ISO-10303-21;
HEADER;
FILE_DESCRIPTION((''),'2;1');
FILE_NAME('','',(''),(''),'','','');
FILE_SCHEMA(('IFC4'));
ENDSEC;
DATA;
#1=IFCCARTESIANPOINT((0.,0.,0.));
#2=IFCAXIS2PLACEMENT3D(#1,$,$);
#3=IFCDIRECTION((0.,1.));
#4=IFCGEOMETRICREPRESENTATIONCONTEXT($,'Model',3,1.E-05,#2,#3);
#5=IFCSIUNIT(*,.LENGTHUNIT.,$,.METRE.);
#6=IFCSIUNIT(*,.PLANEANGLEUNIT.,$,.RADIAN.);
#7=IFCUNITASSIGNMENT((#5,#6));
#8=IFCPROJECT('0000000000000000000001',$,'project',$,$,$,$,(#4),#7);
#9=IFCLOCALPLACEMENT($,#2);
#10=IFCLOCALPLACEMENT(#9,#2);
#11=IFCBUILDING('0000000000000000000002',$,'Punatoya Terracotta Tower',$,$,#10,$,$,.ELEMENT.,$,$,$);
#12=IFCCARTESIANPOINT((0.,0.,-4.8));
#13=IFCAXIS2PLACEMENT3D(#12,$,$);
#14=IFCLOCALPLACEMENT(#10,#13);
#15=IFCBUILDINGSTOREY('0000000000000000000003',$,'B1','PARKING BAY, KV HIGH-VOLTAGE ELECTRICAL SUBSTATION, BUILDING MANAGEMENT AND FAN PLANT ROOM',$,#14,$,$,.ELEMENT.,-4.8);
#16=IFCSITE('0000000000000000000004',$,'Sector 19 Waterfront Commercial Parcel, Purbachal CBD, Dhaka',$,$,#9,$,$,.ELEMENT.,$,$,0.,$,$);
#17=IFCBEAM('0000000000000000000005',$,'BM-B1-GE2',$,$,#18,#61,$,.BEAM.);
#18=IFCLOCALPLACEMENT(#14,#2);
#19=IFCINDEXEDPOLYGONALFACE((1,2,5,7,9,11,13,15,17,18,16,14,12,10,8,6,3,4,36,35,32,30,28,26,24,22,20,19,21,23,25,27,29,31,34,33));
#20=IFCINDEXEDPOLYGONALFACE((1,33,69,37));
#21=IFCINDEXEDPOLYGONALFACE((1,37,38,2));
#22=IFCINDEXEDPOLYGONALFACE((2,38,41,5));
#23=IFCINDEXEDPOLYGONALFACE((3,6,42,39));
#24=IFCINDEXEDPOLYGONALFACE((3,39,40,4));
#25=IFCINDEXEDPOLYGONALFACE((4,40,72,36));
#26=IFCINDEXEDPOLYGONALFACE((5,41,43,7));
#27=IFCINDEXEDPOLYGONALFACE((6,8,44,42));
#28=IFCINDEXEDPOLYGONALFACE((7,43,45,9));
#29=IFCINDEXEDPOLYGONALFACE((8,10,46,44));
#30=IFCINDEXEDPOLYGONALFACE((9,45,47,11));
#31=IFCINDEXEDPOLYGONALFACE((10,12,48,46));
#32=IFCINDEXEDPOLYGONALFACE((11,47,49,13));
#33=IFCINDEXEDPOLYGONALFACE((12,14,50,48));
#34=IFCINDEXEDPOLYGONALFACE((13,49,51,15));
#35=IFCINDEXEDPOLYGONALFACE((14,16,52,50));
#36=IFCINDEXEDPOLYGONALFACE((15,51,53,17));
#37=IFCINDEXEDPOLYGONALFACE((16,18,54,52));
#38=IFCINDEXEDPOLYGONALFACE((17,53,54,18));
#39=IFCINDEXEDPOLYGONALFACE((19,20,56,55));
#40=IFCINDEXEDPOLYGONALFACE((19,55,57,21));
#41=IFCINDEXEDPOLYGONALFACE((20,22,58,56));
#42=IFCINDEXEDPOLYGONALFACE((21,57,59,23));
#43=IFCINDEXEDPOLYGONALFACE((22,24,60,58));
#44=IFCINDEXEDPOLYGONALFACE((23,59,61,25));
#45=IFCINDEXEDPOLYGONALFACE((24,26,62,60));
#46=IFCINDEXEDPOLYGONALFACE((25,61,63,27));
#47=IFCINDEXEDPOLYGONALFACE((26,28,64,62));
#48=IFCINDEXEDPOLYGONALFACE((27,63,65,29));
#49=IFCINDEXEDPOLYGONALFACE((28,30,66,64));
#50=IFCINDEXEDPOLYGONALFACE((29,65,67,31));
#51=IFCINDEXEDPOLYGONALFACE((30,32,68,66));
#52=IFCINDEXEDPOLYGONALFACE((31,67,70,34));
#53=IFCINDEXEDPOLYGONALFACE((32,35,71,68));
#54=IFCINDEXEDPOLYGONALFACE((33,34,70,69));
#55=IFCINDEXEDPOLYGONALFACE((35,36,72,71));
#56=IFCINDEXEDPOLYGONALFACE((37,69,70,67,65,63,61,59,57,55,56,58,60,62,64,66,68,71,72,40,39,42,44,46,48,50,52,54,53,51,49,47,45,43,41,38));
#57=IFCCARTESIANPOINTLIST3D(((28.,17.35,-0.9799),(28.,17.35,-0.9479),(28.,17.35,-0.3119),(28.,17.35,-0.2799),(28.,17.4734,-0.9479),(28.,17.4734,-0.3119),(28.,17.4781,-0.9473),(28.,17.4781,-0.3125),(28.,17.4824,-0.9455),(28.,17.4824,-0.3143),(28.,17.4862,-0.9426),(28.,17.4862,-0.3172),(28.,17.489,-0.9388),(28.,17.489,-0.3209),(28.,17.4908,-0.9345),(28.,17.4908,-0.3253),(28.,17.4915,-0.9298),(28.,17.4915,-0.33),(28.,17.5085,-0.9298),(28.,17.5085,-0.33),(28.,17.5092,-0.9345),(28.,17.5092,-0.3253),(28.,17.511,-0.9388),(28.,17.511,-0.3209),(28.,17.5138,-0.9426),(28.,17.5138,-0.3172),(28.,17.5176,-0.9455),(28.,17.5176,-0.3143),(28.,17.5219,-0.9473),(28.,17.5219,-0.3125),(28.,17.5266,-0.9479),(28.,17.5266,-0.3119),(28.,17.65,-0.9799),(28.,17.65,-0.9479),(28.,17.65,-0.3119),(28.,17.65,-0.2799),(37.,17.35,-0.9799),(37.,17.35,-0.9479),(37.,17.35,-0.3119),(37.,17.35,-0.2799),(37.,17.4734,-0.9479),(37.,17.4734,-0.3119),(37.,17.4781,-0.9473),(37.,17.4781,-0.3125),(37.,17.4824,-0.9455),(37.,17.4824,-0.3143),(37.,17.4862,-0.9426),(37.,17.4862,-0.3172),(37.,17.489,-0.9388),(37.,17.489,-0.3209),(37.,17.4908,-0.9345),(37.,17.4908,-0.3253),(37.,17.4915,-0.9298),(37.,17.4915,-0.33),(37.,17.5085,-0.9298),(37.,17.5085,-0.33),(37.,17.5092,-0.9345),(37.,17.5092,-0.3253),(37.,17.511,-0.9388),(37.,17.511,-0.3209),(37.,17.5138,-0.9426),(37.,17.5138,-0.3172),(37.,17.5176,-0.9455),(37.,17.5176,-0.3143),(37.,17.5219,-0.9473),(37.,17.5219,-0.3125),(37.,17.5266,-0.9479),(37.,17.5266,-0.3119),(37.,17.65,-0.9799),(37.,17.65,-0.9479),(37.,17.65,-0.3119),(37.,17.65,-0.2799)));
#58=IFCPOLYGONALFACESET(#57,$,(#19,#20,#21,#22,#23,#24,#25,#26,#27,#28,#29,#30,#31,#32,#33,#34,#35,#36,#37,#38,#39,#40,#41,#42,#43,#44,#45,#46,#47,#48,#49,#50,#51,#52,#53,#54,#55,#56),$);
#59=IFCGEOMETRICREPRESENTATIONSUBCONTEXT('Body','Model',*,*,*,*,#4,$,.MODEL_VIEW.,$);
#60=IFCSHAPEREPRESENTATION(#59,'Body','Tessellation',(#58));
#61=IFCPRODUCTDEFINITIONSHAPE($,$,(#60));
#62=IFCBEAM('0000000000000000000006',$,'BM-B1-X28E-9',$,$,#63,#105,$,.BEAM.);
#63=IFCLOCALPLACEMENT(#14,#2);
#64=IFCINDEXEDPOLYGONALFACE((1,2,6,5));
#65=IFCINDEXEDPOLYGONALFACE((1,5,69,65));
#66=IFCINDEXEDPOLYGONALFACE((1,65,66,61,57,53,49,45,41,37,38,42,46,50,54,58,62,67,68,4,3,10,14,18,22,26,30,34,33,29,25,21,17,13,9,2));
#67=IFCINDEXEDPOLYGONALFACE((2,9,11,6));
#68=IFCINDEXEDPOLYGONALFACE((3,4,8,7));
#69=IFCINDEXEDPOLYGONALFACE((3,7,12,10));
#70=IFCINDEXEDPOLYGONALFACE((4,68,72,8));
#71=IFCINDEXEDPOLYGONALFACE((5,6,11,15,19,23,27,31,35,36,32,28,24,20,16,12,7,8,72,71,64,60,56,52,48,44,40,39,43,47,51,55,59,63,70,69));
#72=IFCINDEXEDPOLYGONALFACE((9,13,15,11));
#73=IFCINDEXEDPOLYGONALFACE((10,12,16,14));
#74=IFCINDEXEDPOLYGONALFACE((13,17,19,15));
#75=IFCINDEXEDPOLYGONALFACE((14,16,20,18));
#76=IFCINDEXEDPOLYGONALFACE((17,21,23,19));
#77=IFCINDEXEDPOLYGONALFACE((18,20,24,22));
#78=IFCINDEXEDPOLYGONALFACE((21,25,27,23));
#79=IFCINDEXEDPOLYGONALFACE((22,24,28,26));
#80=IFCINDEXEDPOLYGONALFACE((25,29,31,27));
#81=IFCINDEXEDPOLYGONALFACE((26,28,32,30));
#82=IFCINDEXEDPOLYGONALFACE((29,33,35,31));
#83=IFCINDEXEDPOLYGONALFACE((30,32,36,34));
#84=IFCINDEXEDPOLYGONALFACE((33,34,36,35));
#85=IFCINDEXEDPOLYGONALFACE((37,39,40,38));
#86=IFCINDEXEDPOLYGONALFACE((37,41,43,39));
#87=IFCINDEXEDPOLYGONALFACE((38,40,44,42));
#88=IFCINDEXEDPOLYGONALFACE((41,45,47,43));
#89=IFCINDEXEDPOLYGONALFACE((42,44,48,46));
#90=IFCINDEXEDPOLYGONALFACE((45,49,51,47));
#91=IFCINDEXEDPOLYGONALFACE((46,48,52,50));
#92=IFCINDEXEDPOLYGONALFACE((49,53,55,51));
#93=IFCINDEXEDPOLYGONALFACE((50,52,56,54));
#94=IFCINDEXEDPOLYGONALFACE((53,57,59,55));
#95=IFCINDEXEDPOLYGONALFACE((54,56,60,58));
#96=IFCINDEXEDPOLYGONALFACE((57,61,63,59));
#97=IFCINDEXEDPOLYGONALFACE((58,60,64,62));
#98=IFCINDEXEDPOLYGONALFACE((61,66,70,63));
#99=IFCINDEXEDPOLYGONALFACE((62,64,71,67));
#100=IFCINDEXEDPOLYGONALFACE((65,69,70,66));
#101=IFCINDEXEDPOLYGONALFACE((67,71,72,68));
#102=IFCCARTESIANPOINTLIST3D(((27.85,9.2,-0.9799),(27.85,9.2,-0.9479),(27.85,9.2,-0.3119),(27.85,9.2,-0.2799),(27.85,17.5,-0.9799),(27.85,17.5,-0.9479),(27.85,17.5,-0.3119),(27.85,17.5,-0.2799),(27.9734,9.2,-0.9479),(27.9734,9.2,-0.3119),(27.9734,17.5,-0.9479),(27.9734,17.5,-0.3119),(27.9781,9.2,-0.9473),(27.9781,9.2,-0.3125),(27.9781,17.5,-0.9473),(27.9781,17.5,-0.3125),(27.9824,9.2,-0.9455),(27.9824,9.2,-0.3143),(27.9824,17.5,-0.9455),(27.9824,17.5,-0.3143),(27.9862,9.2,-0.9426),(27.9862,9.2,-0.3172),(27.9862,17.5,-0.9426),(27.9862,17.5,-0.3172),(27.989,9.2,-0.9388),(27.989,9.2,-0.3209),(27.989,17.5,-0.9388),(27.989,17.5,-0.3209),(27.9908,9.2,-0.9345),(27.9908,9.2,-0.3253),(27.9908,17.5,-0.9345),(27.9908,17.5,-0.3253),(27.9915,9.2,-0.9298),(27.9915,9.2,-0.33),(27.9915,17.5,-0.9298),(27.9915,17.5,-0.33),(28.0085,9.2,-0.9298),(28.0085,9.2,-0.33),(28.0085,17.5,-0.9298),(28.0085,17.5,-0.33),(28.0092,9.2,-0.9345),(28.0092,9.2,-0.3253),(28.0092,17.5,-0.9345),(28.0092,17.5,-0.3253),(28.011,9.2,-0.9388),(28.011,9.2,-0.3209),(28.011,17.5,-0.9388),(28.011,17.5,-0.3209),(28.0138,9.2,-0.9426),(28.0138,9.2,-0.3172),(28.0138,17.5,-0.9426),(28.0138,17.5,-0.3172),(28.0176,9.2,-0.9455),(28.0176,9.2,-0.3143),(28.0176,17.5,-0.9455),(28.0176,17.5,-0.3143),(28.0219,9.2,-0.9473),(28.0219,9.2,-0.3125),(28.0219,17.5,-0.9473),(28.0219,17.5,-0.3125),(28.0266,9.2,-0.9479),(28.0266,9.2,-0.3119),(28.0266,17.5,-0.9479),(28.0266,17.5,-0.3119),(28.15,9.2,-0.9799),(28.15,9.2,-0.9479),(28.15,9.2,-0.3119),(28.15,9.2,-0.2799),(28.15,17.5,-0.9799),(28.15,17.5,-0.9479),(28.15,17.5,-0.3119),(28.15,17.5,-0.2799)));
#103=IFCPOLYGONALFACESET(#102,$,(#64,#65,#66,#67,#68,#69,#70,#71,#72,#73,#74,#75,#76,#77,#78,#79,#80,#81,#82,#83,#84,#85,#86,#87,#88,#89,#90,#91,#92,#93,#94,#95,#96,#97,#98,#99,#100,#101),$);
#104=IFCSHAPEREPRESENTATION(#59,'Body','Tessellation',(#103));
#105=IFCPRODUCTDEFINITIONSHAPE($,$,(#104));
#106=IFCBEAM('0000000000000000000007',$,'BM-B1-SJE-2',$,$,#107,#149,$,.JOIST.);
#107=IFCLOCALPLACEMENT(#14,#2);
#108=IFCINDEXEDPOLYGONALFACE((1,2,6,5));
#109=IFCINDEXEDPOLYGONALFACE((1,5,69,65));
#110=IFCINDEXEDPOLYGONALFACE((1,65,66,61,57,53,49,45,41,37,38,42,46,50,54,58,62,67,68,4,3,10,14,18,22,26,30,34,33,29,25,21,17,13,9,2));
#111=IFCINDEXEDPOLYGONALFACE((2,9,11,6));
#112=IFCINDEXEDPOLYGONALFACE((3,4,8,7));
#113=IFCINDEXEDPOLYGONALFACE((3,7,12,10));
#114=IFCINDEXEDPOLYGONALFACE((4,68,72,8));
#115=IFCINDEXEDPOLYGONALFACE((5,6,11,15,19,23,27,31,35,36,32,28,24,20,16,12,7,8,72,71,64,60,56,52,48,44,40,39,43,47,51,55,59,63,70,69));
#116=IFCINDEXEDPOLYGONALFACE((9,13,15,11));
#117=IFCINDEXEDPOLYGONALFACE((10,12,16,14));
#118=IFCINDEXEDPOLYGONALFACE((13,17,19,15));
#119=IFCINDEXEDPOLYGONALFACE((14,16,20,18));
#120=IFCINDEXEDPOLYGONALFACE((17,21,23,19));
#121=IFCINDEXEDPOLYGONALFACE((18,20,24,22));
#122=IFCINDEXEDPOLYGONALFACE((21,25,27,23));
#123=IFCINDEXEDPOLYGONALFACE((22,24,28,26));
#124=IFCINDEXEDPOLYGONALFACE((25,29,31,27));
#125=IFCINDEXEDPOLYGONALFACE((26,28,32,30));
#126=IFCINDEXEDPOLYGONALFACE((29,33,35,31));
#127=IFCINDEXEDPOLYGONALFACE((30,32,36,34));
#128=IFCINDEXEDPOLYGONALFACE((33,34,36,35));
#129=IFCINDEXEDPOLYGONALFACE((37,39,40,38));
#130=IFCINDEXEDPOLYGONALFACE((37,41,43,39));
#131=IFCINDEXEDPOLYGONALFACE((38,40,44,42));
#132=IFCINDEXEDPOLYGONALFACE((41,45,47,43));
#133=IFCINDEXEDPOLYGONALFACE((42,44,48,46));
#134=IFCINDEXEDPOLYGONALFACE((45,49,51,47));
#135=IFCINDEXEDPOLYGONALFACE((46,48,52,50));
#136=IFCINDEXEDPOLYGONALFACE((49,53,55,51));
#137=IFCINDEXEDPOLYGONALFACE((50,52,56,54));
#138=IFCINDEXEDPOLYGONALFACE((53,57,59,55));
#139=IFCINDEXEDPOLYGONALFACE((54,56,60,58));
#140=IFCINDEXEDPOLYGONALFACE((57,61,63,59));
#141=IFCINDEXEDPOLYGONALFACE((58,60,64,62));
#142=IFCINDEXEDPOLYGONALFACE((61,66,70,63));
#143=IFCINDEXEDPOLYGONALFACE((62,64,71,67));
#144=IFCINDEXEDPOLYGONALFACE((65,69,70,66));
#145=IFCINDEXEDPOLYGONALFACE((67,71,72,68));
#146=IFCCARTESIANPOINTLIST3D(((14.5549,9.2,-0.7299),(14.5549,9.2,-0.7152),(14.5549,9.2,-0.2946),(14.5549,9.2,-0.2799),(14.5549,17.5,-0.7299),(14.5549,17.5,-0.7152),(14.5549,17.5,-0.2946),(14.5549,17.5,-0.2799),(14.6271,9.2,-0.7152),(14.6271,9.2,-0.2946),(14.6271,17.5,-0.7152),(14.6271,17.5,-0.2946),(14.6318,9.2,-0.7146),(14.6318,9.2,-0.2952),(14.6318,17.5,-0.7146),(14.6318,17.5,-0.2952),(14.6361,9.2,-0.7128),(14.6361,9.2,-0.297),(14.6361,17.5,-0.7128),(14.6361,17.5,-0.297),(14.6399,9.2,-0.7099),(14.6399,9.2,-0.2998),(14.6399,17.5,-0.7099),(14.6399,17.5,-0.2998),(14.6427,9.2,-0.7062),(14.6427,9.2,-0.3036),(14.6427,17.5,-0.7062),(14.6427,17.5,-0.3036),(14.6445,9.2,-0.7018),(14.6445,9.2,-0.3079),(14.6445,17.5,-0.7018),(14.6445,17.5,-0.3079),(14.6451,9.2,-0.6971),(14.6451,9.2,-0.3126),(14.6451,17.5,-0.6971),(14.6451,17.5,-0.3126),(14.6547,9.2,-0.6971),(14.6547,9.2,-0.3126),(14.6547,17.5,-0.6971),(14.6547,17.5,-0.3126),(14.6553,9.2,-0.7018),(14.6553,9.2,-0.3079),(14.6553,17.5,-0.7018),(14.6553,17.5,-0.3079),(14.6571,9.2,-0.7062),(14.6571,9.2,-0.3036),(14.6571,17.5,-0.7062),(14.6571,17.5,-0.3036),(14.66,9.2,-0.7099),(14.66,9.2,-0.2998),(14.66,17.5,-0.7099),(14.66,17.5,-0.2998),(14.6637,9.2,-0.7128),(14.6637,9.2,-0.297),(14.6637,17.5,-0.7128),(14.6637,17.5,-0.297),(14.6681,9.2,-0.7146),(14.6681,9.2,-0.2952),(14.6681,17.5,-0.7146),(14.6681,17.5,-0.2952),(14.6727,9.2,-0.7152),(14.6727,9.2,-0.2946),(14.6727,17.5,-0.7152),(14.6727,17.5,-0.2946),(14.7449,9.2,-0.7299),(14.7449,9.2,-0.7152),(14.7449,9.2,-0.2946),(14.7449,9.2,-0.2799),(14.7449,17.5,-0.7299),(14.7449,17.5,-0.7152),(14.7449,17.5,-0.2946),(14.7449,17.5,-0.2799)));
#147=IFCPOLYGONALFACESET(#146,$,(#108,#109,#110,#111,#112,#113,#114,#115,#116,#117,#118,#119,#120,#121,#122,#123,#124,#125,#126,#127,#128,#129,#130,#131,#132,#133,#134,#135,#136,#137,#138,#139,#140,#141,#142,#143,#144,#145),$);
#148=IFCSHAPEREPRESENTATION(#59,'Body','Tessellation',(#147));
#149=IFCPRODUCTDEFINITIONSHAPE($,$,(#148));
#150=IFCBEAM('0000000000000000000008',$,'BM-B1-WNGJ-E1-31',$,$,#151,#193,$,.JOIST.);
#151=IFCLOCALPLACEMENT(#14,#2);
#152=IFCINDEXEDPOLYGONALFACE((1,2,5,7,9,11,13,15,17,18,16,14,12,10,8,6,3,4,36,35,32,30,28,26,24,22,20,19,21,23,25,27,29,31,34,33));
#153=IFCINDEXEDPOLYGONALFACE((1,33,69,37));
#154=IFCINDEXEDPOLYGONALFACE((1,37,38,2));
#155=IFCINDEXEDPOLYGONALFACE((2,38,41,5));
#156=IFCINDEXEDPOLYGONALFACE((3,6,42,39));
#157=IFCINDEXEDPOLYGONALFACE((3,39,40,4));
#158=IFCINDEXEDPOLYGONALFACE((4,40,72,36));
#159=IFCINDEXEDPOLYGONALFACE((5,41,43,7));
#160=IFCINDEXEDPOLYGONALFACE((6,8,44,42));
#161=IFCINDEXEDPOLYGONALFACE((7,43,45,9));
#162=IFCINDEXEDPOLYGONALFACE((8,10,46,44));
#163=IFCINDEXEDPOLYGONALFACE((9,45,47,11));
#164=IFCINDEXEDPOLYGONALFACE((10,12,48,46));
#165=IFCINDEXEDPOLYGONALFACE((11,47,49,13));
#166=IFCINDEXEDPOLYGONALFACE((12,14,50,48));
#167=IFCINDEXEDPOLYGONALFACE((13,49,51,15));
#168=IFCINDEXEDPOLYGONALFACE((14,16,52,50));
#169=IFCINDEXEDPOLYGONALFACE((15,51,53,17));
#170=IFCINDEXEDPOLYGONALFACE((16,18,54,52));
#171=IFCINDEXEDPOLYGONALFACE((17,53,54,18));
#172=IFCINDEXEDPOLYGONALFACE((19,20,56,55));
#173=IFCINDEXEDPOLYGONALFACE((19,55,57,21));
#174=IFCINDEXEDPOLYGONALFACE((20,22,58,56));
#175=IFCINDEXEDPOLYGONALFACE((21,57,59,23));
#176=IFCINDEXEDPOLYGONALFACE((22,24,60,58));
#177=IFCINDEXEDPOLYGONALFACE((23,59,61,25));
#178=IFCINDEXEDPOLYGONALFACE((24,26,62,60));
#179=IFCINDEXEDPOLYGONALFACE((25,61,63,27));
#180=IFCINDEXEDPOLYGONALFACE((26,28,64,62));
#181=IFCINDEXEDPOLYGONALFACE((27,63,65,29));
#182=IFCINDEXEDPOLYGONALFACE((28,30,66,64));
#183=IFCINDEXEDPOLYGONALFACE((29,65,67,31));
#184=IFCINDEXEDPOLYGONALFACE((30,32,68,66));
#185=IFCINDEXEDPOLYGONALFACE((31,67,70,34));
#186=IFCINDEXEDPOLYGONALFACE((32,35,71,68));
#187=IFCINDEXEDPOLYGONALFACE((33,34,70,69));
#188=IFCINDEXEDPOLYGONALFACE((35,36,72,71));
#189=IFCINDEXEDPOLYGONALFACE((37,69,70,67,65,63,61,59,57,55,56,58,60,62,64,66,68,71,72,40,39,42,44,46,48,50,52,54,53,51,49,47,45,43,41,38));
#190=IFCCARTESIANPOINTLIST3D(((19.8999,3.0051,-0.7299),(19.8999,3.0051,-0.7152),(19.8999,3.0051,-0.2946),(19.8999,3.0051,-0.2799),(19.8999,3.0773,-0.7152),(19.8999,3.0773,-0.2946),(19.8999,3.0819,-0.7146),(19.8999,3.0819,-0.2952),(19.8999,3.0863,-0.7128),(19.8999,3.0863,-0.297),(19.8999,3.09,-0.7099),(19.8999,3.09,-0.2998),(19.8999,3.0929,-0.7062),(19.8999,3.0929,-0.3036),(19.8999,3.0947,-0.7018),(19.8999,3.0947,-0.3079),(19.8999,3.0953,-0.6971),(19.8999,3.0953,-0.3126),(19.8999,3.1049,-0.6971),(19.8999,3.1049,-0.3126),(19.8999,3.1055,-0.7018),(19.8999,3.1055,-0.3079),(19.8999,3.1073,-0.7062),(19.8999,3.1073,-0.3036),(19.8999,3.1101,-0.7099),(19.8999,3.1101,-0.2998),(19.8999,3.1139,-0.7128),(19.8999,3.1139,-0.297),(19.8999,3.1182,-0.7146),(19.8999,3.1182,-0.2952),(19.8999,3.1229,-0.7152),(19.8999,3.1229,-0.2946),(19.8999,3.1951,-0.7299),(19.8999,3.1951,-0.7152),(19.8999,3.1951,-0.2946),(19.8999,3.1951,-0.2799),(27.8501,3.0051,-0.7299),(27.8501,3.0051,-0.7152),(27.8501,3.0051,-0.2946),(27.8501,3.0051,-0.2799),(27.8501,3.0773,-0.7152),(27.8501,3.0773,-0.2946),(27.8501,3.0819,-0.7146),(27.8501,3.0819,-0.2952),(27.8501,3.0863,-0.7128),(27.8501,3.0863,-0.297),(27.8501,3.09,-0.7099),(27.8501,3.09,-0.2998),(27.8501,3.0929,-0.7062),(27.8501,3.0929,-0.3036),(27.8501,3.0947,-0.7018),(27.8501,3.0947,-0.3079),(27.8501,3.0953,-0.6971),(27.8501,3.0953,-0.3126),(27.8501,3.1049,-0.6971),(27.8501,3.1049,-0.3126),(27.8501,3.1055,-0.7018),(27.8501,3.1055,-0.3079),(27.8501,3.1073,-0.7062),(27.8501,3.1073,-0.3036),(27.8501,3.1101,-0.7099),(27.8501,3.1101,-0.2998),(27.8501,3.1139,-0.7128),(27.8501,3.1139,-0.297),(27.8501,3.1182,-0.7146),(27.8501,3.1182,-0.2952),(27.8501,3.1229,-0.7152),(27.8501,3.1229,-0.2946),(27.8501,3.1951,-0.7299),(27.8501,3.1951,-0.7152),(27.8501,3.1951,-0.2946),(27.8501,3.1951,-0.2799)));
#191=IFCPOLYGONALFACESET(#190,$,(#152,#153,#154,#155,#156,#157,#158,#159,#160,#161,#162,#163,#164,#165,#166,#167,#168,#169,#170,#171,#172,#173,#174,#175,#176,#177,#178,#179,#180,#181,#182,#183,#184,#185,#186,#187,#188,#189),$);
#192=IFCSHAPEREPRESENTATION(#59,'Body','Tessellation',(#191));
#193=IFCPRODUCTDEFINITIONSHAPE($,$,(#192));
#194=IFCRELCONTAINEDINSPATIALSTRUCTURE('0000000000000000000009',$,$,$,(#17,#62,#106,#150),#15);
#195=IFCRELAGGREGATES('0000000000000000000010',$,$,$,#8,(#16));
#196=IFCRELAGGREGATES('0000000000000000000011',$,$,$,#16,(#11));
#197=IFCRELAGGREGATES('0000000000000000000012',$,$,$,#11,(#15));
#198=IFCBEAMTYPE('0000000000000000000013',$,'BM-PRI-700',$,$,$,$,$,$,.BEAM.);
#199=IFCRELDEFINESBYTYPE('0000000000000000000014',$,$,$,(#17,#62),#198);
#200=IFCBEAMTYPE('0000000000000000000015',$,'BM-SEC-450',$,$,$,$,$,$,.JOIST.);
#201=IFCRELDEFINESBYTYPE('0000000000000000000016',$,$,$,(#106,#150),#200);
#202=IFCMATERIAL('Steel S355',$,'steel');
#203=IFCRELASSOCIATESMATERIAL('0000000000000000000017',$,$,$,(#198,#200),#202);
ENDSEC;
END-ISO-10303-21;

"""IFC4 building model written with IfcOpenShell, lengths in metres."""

from ifc_helpers import new_model, si_unit, direction, frame, origin, origin_2d, place, context, subcontext, project, spatial, i_section, extrude, material, material_profile, profile_set, type_object, element, save


model = new_model("IFC4")

# Units and contexts
model_context = context("Model", 3, precision=1e-05, world=origin(), true_north=direction((0.0, 1.0)))
body_context = subcontext(model_context, "Body", "Model", "MODEL_VIEW")
ifc_project = project(units=[si_unit("LENGTHUNIT", "METRE"), si_unit("PLANEANGLEUNIT", "RADIAN")], contexts=[model_context])

# Site, building, storey
site_placement = place(None, origin())
site = spatial("IfcSite", under=ifc_project, at=site_placement, Name="Sector 19 Waterfront Commercial Parcel, Purbachal CBD, Dhaka", CompositionType="ELEMENT", RefElevation=0.0)
building_placement = place(site_placement, origin())
building = spatial("IfcBuilding", under=site, at=building_placement, Name="Punatoya Terracotta Tower", CompositionType="ELEMENT")
storey_placement = place(building_placement, frame((0.0, 0.0, -4.8)))
storey = spatial("IfcBuildingStorey", under=building, at=storey_placement, Name="B1", Description="PARKING BAY, KV HIGH-VOLTAGE ELECTRICAL SUBSTATION, BUILDING MANAGEMENT AND FAN PLANT ROOM", CompositionType="ELEMENT", Elevation=-4.8)

# Beams
ifc_material_1 = material(Name="Steel S355", Category="steel")
ifc_material_profile_1 = material_profile(ifc_material_1, i_section(OverallWidth=0.3, OverallDepth=0.7, WebThickness=0.0171, FlangeThickness=0.032, FilletRadius=0.0181, at=origin_2d()))
ifc_profile_set_1 = profile_set([ifc_material_profile_1], Name="Steel S355")
beam_type_1 = type_object("IfcBeamType", Name="BM-PRI-700", PredefinedType="BEAM", material=ifc_profile_set_1)
beam_1_placement = place(storey_placement, frame((28.0, 17.5, -0.6299), z_axis=(1.0, 0.0, 0.0), x_axis=(0.0, 1.0, 0.0)))
element("IfcBeam", 1, at=beam_1_placement, inside=storey, type_object=beam_type_1, Name="BM-B1-GE2", PredefinedType="BEAM", context=body_context, shape_type="SweptSolid", body=[
    extrude(i_section(OverallWidth=0.3, OverallDepth=0.7, WebThickness=0.0171, FlangeThickness=0.032, FilletRadius=0.0181, at=origin_2d()), origin(), (0.0, 0.0, 1.0), 9.0),
])
beam_2_placement = place(storey_placement, frame((28.0, 9.2, -0.6299), z_axis=(0.0, 1.0, 0.0), x_axis=(-1.0, 0.0, 0.0)))
element("IfcBeam", 2, at=beam_2_placement, inside=storey, type_object=beam_type_1, Name="BM-B1-X28E-9", PredefinedType="BEAM", context=body_context, shape_type="SweptSolid", body=[
    extrude(i_section(OverallWidth=0.3, OverallDepth=0.7, WebThickness=0.0171, FlangeThickness=0.032, FilletRadius=0.0181, at=origin_2d()), origin(), (0.0, 0.0, 1.0), 8.3),
])
ifc_material_profile_2 = material_profile(ifc_material_1, i_section(OverallWidth=0.1899, OverallDepth=0.45, WebThickness=0.0095, FlangeThickness=0.0146, FilletRadius=0.0181, at=origin_2d()))
ifc_profile_set_2 = profile_set([ifc_material_profile_2], Name="Steel S355")
beam_type_2 = type_object("IfcBeamType", Name="BM-SEC-450", PredefinedType="JOIST", material=ifc_profile_set_2)
beam_3_placement = place(storey_placement, frame((14.6499, 9.2, -0.5049), z_axis=(0.0, 1.0, 0.0), x_axis=(-1.0, 0.0, 0.0)))
element("IfcBeam", 3, at=beam_3_placement, inside=storey, type_object=beam_type_2, Name="BM-B1-SJE-2", PredefinedType="JOIST", context=body_context, shape_type="SweptSolid", body=[
    extrude(i_section(OverallWidth=0.1899, OverallDepth=0.45, WebThickness=0.0095, FlangeThickness=0.0146, FilletRadius=0.0181, at=origin_2d()), origin(), (0.0, 0.0, 1.0), 8.3),
])
beam_4_placement = place(storey_placement, frame((19.8999, 3.1001, -0.5049), z_axis=(1.0, 0.0, 0.0), x_axis=(0.0, 1.0, 0.0)))
element("IfcBeam", 4, at=beam_4_placement, inside=storey, type_object=beam_type_2, Name="BM-B1-WNGJ-E1-31", PredefinedType="JOIST", context=body_context, shape_type="SweptSolid", body=[
    extrude(i_section(OverallWidth=0.1899, OverallDepth=0.45, WebThickness=0.0095, FlangeThickness=0.0146, FilletRadius=0.0181, at=origin_2d()), origin(), (0.0, 0.0, 1.0), 7.9502),
])

save(model, "model.ifc")
